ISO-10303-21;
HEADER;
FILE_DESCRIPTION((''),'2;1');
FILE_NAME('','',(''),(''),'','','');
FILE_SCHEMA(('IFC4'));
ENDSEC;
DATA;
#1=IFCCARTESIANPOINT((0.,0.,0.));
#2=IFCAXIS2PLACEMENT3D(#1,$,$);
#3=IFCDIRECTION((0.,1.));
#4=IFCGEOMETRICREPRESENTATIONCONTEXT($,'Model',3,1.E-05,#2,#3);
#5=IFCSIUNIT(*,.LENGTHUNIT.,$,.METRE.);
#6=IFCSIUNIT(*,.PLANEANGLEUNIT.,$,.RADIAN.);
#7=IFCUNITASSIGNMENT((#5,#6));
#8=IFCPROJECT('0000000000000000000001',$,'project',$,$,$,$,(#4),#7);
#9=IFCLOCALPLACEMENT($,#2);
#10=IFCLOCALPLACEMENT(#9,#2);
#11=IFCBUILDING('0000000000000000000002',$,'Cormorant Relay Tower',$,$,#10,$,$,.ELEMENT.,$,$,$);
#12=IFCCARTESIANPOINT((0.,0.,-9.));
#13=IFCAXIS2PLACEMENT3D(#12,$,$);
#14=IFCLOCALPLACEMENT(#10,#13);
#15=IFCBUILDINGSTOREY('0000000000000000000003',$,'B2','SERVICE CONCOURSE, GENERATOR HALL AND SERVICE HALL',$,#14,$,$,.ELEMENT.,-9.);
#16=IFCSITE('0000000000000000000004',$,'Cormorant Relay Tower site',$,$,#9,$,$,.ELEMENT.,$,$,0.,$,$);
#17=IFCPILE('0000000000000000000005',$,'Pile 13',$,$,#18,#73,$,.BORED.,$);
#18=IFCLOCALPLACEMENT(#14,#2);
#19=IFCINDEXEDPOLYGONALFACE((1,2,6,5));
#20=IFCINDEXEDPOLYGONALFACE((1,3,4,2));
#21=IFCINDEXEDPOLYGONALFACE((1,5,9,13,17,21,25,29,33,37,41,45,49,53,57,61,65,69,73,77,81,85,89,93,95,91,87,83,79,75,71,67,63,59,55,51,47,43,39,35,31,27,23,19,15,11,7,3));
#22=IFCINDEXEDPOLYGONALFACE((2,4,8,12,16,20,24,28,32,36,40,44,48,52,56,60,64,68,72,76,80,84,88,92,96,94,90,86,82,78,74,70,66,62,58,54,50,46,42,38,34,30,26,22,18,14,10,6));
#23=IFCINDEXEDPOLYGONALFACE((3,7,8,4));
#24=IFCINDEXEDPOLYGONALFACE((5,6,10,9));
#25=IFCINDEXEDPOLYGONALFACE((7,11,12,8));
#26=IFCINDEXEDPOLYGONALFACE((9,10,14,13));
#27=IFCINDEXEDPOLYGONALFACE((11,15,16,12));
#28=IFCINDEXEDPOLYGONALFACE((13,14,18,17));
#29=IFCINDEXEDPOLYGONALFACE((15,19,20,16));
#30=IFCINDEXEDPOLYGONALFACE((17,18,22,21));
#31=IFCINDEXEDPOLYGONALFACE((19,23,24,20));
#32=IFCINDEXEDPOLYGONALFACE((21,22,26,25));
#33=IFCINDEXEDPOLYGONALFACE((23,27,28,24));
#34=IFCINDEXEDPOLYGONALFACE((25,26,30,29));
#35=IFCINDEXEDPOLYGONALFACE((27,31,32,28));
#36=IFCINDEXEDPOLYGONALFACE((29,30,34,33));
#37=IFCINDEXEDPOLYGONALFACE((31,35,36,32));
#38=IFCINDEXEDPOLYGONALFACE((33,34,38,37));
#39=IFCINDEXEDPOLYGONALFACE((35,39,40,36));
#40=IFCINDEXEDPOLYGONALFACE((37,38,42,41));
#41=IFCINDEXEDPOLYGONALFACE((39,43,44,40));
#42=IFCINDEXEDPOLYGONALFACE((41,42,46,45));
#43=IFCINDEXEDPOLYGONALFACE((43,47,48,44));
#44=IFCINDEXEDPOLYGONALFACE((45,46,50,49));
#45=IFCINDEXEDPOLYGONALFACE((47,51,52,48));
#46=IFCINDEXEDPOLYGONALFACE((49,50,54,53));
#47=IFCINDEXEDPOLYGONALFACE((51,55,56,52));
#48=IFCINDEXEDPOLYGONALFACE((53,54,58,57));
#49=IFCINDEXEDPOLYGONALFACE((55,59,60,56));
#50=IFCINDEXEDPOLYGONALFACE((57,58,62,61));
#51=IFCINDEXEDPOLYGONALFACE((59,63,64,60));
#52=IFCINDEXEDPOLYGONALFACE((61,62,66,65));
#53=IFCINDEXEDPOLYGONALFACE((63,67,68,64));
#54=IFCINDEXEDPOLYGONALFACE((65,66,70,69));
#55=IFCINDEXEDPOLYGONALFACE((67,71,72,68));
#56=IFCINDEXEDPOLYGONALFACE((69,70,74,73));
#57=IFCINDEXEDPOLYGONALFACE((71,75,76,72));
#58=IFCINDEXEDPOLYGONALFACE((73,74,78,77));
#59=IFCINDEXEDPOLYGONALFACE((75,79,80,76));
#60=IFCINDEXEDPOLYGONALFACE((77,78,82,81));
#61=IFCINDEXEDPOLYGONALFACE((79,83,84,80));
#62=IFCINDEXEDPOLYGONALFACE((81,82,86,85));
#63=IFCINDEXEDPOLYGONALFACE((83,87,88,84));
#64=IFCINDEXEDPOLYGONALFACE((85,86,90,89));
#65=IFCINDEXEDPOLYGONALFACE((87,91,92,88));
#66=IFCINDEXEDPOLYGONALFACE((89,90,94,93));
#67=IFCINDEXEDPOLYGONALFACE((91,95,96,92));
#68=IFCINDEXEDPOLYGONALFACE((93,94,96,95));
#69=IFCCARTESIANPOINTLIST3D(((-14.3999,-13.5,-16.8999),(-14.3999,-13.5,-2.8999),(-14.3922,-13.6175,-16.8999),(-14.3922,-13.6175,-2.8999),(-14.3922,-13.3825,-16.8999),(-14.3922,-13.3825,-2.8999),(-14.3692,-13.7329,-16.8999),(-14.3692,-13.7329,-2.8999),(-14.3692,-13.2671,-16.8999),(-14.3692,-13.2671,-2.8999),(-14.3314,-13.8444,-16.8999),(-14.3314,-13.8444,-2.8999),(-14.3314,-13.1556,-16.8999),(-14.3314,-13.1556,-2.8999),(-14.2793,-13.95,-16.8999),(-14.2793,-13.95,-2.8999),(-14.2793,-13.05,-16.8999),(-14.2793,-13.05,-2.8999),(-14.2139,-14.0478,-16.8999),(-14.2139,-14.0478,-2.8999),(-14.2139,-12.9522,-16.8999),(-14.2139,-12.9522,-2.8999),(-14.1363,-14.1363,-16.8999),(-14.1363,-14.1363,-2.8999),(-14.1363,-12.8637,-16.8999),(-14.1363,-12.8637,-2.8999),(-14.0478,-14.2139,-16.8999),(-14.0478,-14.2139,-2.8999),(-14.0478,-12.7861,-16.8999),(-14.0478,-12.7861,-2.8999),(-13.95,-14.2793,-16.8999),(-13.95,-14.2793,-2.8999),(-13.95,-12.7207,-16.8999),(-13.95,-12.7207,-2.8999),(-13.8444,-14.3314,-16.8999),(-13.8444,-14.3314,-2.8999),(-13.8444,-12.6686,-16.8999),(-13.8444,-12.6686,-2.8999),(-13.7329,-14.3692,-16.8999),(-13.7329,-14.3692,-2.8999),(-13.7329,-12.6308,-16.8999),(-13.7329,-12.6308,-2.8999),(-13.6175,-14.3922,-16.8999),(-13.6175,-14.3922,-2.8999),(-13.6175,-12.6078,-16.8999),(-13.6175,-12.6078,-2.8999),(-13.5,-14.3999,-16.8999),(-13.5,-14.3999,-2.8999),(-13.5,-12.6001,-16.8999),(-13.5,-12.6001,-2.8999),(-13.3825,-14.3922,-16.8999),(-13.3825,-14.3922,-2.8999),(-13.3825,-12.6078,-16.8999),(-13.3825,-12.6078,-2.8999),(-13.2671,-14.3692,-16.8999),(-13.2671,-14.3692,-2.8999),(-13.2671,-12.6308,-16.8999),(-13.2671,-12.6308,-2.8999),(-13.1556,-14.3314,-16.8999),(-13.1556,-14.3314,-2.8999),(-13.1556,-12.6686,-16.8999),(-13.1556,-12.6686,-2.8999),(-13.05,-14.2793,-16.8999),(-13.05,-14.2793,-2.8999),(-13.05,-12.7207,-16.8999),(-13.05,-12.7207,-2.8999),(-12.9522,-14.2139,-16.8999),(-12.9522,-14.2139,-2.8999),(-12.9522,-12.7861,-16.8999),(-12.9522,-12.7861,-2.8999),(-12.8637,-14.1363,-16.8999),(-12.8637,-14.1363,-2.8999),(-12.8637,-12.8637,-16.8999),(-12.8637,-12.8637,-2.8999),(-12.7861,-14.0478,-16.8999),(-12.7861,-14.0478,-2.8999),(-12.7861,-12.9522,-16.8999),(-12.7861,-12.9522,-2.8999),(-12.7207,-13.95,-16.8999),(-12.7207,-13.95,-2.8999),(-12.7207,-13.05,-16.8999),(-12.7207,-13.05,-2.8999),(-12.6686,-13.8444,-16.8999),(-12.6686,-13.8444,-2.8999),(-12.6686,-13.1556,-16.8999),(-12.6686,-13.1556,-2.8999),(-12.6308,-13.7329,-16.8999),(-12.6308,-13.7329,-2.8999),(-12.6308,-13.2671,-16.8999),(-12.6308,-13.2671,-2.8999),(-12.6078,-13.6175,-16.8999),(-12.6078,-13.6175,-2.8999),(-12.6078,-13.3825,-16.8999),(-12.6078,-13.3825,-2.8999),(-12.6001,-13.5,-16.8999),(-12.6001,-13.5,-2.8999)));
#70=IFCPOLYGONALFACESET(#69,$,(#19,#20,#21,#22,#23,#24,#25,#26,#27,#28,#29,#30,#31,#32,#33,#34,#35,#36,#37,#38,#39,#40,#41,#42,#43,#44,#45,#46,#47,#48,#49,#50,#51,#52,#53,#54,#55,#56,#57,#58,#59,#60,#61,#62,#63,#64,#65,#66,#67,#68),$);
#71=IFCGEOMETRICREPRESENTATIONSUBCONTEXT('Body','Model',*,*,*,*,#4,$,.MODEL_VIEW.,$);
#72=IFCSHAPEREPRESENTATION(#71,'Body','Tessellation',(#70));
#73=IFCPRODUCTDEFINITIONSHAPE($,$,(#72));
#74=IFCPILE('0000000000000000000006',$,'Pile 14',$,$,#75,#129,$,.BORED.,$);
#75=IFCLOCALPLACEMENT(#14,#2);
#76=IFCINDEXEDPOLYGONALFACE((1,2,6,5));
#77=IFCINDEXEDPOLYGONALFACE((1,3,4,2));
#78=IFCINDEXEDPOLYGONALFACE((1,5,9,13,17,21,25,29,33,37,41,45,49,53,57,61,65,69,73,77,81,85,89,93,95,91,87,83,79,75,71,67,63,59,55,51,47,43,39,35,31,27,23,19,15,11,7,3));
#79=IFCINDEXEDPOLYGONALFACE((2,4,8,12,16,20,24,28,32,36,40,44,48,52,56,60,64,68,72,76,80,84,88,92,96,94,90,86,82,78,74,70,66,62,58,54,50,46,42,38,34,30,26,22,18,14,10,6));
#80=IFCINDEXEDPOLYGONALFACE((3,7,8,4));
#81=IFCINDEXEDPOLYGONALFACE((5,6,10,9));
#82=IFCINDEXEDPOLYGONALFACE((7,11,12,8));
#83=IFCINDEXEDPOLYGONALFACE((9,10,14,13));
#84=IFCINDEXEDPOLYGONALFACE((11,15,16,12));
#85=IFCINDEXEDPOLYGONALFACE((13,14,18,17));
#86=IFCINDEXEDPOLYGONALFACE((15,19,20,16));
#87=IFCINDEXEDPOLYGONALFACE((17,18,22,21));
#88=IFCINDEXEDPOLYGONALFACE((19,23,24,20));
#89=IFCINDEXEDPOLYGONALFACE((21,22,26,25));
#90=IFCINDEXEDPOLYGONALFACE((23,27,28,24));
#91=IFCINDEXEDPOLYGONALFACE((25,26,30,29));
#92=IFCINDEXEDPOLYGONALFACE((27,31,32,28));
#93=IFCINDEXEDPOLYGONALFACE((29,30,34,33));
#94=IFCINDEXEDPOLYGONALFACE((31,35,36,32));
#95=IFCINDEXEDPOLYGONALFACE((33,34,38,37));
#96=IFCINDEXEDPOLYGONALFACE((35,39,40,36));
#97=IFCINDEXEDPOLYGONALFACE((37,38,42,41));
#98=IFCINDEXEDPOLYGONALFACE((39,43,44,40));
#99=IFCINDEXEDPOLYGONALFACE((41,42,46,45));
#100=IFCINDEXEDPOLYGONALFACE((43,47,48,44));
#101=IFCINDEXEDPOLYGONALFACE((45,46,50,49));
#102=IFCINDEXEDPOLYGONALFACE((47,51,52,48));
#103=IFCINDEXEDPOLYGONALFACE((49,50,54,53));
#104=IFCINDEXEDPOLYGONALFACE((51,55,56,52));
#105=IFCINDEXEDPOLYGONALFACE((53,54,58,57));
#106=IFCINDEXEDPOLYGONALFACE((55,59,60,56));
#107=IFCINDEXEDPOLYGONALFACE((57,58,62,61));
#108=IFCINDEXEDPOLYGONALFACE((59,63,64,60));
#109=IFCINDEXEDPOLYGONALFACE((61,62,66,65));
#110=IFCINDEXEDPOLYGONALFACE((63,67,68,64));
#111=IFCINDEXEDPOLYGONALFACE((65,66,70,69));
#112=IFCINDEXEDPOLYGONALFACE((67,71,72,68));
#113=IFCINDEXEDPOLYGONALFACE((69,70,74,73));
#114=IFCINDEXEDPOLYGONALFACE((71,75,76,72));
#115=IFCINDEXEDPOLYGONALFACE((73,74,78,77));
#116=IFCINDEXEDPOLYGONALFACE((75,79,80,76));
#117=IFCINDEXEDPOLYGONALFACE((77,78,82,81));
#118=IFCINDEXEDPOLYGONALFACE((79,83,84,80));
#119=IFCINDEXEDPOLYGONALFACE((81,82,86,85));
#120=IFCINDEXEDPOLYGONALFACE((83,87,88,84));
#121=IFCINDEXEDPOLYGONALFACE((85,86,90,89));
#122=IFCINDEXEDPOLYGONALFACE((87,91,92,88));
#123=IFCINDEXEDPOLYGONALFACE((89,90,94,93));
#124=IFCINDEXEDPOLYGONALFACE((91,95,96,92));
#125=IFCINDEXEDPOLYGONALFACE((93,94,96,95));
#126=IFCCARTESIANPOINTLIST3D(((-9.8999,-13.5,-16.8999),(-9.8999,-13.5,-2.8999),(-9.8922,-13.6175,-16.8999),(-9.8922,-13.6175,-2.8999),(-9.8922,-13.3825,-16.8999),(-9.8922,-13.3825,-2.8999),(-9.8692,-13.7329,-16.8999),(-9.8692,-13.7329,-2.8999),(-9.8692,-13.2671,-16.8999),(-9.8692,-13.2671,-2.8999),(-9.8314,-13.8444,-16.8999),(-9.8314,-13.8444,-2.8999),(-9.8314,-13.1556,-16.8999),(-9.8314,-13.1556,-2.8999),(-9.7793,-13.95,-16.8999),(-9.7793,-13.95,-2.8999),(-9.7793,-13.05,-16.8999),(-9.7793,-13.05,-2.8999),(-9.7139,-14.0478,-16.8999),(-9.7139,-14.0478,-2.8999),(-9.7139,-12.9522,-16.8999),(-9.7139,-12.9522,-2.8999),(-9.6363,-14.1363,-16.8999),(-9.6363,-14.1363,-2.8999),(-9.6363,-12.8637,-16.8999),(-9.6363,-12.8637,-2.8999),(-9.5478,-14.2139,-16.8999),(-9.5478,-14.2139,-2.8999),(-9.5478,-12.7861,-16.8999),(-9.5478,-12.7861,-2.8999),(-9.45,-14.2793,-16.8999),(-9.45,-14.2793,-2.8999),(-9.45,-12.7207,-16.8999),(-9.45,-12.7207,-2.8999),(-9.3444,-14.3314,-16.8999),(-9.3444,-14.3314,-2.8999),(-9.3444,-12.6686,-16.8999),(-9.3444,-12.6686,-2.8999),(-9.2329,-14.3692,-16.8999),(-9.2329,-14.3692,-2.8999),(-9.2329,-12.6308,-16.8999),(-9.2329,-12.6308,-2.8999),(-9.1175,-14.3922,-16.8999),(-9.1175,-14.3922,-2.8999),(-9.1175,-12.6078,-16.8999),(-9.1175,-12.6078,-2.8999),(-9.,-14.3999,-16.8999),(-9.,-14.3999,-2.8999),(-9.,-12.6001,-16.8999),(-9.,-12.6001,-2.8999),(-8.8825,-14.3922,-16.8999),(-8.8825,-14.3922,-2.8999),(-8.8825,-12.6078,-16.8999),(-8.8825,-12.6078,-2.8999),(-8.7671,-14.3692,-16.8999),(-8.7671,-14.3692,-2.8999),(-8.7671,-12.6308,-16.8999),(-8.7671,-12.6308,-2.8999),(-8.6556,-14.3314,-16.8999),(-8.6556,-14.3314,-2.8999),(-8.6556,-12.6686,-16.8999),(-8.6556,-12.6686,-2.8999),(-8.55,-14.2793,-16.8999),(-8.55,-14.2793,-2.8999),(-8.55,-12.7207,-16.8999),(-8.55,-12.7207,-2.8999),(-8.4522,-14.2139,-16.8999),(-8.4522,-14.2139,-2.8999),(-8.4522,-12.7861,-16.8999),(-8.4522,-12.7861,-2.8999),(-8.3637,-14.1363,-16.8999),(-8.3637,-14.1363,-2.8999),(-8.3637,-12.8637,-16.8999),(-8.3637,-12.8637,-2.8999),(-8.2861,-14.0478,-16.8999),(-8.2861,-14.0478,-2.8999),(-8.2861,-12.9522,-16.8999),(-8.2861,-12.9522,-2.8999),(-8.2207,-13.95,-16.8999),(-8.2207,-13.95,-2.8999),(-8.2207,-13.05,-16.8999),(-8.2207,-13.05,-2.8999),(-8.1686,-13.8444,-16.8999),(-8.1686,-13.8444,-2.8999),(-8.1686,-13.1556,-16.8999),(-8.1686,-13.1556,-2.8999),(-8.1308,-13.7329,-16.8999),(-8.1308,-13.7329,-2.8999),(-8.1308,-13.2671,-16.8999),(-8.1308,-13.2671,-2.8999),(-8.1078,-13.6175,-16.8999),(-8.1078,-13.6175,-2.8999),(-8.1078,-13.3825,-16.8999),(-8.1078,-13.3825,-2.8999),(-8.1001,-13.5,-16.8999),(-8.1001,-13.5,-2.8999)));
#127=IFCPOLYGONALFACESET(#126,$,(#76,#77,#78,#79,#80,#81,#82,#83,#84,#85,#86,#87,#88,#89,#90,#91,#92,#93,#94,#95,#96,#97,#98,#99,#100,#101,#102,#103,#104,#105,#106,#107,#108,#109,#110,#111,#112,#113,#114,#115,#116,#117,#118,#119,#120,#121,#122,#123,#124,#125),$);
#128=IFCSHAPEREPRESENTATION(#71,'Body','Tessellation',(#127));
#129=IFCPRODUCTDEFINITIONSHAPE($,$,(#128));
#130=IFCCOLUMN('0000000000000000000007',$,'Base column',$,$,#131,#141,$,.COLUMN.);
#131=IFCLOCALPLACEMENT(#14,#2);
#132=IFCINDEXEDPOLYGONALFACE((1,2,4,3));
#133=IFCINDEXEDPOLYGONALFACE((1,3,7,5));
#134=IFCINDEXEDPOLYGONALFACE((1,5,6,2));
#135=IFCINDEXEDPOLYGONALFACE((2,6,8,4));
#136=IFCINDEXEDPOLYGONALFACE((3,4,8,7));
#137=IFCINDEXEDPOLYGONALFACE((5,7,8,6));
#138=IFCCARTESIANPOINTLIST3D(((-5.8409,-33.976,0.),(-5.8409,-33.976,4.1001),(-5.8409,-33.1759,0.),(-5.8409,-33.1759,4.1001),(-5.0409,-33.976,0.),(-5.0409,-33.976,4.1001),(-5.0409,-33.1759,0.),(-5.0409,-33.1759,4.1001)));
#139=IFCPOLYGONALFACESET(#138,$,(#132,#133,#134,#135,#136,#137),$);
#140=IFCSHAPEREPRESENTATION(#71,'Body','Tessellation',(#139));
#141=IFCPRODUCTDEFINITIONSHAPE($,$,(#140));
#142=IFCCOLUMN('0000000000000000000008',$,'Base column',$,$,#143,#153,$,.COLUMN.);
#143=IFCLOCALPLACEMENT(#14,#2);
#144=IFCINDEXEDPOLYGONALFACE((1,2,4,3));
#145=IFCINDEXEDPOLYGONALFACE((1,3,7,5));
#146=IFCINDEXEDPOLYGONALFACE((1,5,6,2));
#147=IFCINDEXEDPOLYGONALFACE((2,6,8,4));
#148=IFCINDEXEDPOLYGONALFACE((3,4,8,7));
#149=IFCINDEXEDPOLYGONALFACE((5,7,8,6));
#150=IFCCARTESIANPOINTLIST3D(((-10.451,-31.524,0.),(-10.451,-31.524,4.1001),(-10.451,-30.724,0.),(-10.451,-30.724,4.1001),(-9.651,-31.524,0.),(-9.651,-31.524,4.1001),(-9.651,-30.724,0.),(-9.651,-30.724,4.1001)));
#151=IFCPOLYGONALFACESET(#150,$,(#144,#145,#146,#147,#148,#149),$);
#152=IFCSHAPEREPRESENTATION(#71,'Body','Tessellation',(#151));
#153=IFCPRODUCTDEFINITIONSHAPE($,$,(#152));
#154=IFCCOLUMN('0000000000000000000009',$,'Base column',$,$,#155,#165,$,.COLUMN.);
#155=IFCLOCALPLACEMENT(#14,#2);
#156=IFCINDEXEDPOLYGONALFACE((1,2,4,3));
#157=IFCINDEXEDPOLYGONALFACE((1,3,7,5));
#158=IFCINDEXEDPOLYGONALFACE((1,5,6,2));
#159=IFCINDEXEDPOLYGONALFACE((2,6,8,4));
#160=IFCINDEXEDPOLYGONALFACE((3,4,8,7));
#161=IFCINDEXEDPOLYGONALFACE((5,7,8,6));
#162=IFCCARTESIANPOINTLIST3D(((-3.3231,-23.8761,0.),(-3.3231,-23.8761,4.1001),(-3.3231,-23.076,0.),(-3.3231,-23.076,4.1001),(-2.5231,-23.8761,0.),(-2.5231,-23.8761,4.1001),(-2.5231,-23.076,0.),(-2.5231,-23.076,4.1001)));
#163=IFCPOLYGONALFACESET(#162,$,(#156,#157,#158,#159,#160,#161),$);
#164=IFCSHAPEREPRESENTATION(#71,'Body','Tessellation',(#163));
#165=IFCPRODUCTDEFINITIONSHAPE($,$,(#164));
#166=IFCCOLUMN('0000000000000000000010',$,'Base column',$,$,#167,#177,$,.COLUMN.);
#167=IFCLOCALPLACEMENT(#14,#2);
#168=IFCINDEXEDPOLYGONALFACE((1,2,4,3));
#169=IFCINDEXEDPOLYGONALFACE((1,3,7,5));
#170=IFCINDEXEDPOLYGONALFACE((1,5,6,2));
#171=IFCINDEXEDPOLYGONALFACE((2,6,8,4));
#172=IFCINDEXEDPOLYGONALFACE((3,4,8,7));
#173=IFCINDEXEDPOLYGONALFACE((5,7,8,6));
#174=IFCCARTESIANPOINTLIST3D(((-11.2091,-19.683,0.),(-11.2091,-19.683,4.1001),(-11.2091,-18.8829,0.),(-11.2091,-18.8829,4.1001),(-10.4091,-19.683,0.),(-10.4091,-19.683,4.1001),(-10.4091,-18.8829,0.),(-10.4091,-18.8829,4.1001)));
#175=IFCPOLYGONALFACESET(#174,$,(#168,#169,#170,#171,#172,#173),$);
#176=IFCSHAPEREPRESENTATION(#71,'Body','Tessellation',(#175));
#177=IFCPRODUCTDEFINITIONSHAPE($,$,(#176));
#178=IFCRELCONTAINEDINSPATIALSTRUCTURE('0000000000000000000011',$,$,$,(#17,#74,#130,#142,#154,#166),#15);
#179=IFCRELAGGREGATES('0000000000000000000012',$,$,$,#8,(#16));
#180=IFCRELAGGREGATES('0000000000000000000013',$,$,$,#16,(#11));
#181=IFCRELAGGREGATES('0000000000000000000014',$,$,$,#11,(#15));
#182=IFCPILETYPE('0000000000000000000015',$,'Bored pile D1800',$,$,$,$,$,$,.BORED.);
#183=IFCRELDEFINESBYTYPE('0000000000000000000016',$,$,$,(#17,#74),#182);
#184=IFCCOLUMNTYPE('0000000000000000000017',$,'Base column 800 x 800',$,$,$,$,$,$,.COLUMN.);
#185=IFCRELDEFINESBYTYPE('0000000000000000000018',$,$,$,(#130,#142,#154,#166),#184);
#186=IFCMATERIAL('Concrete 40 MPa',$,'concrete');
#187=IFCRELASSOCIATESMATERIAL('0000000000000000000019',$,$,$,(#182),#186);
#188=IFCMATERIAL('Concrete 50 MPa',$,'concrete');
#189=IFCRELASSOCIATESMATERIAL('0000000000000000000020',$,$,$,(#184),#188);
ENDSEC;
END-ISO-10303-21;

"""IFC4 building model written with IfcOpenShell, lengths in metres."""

from ifc_helpers import new_model, si_unit, direction, frame, origin, origin_2d, place, context, subcontext, project, spatial, rectangle, circle, extrude, material, material_profile, profile_set, type_object, element, save


model = new_model("IFC4")

# Units and contexts
model_context = context("Model", 3, precision=1e-05, world=origin(), true_north=direction((0.0, 1.0)))
body_context = subcontext(model_context, "Body", "Model", "MODEL_VIEW")
ifc_project = project(units=[si_unit("LENGTHUNIT", "METRE"), si_unit("PLANEANGLEUNIT", "RADIAN")], contexts=[model_context])

# Site, building, storey
site_placement = place(None, origin())
site = spatial("IfcSite", under=ifc_project, at=site_placement, Name="Cormorant Relay Tower site", CompositionType="ELEMENT", RefElevation=0.0)
building_placement = place(site_placement, origin())
building = spatial("IfcBuilding", under=site, at=building_placement, Name="Cormorant Relay Tower", CompositionType="ELEMENT")
storey_placement = place(building_placement, frame((0.0, 0.0, -9.0)))
storey = spatial("IfcBuildingStorey", under=building, at=storey_placement, Name="B2", Description="SERVICE CONCOURSE, GENERATOR HALL AND SERVICE HALL", CompositionType="ELEMENT", Elevation=-9.0)

# Piles
ifc_material_1 = material(Name="Concrete 40 MPa", Category="concrete")
ifc_material_profile_1 = material_profile(ifc_material_1, circle(Radius=0.8999, at=origin_2d()), Name="BP1800")
ifc_profile_set_1 = profile_set([ifc_material_profile_1], Name="Concrete 40 MPa")
pile_type = type_object("IfcPileType", Name="Bored pile D1800", PredefinedType="BORED", material=ifc_profile_set_1)
for number, where, z_axis, x_axis, name in (
    (1, (-13.5, -13.5, -2.8999), (0.0, 0.0, -1.0), (1.0, 0.0, 0.0), "Pile 13"),
    (2, (-9.0, -13.5, -2.8999), (0.0, 0.0, -1.0), (1.0, 0.0, 0.0), "Pile 14"),
):
    element("IfcPile", number, at=place(storey_placement, frame(where, z_axis=z_axis, x_axis=x_axis)), inside=storey, type_object=pile_type, Name=name, PredefinedType="BORED", context=body_context, shape_type="SweptSolid", body=[
        extrude(circle(Radius=0.8999, at=origin_2d()), origin(), (0.0, 0.0, 1.0), 14.0),
    ])

# Columns
ifc_material_2 = material(Name="Concrete 50 MPa", Category="concrete")
ifc_material_profile_2 = material_profile(ifc_material_2, rectangle(XDim=0.8, YDim=0.8, at=origin_2d()), Name="RC 800x800")
ifc_profile_set_2 = profile_set([ifc_material_profile_2], Name="Concrete 50 MPa")
column_type_1 = type_object("IfcColumnType", Name="Base column 800 x 800", PredefinedType="COLUMN", material=ifc_profile_set_2)
for number, where, z_axis, x_axis, name in (
    (3, (-5.4409, -33.5759, 0.0), (0.0, 0.0, 1.0), (1.0, 0.0, 0.0), "Base column"),
    (4, (-10.051, -31.124, 0.0), (0.0, 0.0, 1.0), (1.0, 0.0, 0.0), "Base column"),
    (5, (-2.9231, -23.4761, 0.0), (0.0, 0.0, 1.0), (1.0, 0.0, 0.0), "Base column"),
    (6, (-10.8091, -19.283, 0.0), (0.0, 0.0, 1.0), (1.0, 0.0, 0.0), "Base column"),
):
    element("IfcColumn", number, at=place(storey_placement, frame(where, z_axis=z_axis, x_axis=x_axis)), inside=storey, type_object=column_type_1, Name=name, PredefinedType="COLUMN", context=body_context, shape_type="SweptSolid", body=[
        extrude(rectangle(XDim=0.8, YDim=0.8, at=origin_2d()), origin(), (0.0, 0.0, 1.0), 4.1001),
    ])

save(model, "model.ifc")
